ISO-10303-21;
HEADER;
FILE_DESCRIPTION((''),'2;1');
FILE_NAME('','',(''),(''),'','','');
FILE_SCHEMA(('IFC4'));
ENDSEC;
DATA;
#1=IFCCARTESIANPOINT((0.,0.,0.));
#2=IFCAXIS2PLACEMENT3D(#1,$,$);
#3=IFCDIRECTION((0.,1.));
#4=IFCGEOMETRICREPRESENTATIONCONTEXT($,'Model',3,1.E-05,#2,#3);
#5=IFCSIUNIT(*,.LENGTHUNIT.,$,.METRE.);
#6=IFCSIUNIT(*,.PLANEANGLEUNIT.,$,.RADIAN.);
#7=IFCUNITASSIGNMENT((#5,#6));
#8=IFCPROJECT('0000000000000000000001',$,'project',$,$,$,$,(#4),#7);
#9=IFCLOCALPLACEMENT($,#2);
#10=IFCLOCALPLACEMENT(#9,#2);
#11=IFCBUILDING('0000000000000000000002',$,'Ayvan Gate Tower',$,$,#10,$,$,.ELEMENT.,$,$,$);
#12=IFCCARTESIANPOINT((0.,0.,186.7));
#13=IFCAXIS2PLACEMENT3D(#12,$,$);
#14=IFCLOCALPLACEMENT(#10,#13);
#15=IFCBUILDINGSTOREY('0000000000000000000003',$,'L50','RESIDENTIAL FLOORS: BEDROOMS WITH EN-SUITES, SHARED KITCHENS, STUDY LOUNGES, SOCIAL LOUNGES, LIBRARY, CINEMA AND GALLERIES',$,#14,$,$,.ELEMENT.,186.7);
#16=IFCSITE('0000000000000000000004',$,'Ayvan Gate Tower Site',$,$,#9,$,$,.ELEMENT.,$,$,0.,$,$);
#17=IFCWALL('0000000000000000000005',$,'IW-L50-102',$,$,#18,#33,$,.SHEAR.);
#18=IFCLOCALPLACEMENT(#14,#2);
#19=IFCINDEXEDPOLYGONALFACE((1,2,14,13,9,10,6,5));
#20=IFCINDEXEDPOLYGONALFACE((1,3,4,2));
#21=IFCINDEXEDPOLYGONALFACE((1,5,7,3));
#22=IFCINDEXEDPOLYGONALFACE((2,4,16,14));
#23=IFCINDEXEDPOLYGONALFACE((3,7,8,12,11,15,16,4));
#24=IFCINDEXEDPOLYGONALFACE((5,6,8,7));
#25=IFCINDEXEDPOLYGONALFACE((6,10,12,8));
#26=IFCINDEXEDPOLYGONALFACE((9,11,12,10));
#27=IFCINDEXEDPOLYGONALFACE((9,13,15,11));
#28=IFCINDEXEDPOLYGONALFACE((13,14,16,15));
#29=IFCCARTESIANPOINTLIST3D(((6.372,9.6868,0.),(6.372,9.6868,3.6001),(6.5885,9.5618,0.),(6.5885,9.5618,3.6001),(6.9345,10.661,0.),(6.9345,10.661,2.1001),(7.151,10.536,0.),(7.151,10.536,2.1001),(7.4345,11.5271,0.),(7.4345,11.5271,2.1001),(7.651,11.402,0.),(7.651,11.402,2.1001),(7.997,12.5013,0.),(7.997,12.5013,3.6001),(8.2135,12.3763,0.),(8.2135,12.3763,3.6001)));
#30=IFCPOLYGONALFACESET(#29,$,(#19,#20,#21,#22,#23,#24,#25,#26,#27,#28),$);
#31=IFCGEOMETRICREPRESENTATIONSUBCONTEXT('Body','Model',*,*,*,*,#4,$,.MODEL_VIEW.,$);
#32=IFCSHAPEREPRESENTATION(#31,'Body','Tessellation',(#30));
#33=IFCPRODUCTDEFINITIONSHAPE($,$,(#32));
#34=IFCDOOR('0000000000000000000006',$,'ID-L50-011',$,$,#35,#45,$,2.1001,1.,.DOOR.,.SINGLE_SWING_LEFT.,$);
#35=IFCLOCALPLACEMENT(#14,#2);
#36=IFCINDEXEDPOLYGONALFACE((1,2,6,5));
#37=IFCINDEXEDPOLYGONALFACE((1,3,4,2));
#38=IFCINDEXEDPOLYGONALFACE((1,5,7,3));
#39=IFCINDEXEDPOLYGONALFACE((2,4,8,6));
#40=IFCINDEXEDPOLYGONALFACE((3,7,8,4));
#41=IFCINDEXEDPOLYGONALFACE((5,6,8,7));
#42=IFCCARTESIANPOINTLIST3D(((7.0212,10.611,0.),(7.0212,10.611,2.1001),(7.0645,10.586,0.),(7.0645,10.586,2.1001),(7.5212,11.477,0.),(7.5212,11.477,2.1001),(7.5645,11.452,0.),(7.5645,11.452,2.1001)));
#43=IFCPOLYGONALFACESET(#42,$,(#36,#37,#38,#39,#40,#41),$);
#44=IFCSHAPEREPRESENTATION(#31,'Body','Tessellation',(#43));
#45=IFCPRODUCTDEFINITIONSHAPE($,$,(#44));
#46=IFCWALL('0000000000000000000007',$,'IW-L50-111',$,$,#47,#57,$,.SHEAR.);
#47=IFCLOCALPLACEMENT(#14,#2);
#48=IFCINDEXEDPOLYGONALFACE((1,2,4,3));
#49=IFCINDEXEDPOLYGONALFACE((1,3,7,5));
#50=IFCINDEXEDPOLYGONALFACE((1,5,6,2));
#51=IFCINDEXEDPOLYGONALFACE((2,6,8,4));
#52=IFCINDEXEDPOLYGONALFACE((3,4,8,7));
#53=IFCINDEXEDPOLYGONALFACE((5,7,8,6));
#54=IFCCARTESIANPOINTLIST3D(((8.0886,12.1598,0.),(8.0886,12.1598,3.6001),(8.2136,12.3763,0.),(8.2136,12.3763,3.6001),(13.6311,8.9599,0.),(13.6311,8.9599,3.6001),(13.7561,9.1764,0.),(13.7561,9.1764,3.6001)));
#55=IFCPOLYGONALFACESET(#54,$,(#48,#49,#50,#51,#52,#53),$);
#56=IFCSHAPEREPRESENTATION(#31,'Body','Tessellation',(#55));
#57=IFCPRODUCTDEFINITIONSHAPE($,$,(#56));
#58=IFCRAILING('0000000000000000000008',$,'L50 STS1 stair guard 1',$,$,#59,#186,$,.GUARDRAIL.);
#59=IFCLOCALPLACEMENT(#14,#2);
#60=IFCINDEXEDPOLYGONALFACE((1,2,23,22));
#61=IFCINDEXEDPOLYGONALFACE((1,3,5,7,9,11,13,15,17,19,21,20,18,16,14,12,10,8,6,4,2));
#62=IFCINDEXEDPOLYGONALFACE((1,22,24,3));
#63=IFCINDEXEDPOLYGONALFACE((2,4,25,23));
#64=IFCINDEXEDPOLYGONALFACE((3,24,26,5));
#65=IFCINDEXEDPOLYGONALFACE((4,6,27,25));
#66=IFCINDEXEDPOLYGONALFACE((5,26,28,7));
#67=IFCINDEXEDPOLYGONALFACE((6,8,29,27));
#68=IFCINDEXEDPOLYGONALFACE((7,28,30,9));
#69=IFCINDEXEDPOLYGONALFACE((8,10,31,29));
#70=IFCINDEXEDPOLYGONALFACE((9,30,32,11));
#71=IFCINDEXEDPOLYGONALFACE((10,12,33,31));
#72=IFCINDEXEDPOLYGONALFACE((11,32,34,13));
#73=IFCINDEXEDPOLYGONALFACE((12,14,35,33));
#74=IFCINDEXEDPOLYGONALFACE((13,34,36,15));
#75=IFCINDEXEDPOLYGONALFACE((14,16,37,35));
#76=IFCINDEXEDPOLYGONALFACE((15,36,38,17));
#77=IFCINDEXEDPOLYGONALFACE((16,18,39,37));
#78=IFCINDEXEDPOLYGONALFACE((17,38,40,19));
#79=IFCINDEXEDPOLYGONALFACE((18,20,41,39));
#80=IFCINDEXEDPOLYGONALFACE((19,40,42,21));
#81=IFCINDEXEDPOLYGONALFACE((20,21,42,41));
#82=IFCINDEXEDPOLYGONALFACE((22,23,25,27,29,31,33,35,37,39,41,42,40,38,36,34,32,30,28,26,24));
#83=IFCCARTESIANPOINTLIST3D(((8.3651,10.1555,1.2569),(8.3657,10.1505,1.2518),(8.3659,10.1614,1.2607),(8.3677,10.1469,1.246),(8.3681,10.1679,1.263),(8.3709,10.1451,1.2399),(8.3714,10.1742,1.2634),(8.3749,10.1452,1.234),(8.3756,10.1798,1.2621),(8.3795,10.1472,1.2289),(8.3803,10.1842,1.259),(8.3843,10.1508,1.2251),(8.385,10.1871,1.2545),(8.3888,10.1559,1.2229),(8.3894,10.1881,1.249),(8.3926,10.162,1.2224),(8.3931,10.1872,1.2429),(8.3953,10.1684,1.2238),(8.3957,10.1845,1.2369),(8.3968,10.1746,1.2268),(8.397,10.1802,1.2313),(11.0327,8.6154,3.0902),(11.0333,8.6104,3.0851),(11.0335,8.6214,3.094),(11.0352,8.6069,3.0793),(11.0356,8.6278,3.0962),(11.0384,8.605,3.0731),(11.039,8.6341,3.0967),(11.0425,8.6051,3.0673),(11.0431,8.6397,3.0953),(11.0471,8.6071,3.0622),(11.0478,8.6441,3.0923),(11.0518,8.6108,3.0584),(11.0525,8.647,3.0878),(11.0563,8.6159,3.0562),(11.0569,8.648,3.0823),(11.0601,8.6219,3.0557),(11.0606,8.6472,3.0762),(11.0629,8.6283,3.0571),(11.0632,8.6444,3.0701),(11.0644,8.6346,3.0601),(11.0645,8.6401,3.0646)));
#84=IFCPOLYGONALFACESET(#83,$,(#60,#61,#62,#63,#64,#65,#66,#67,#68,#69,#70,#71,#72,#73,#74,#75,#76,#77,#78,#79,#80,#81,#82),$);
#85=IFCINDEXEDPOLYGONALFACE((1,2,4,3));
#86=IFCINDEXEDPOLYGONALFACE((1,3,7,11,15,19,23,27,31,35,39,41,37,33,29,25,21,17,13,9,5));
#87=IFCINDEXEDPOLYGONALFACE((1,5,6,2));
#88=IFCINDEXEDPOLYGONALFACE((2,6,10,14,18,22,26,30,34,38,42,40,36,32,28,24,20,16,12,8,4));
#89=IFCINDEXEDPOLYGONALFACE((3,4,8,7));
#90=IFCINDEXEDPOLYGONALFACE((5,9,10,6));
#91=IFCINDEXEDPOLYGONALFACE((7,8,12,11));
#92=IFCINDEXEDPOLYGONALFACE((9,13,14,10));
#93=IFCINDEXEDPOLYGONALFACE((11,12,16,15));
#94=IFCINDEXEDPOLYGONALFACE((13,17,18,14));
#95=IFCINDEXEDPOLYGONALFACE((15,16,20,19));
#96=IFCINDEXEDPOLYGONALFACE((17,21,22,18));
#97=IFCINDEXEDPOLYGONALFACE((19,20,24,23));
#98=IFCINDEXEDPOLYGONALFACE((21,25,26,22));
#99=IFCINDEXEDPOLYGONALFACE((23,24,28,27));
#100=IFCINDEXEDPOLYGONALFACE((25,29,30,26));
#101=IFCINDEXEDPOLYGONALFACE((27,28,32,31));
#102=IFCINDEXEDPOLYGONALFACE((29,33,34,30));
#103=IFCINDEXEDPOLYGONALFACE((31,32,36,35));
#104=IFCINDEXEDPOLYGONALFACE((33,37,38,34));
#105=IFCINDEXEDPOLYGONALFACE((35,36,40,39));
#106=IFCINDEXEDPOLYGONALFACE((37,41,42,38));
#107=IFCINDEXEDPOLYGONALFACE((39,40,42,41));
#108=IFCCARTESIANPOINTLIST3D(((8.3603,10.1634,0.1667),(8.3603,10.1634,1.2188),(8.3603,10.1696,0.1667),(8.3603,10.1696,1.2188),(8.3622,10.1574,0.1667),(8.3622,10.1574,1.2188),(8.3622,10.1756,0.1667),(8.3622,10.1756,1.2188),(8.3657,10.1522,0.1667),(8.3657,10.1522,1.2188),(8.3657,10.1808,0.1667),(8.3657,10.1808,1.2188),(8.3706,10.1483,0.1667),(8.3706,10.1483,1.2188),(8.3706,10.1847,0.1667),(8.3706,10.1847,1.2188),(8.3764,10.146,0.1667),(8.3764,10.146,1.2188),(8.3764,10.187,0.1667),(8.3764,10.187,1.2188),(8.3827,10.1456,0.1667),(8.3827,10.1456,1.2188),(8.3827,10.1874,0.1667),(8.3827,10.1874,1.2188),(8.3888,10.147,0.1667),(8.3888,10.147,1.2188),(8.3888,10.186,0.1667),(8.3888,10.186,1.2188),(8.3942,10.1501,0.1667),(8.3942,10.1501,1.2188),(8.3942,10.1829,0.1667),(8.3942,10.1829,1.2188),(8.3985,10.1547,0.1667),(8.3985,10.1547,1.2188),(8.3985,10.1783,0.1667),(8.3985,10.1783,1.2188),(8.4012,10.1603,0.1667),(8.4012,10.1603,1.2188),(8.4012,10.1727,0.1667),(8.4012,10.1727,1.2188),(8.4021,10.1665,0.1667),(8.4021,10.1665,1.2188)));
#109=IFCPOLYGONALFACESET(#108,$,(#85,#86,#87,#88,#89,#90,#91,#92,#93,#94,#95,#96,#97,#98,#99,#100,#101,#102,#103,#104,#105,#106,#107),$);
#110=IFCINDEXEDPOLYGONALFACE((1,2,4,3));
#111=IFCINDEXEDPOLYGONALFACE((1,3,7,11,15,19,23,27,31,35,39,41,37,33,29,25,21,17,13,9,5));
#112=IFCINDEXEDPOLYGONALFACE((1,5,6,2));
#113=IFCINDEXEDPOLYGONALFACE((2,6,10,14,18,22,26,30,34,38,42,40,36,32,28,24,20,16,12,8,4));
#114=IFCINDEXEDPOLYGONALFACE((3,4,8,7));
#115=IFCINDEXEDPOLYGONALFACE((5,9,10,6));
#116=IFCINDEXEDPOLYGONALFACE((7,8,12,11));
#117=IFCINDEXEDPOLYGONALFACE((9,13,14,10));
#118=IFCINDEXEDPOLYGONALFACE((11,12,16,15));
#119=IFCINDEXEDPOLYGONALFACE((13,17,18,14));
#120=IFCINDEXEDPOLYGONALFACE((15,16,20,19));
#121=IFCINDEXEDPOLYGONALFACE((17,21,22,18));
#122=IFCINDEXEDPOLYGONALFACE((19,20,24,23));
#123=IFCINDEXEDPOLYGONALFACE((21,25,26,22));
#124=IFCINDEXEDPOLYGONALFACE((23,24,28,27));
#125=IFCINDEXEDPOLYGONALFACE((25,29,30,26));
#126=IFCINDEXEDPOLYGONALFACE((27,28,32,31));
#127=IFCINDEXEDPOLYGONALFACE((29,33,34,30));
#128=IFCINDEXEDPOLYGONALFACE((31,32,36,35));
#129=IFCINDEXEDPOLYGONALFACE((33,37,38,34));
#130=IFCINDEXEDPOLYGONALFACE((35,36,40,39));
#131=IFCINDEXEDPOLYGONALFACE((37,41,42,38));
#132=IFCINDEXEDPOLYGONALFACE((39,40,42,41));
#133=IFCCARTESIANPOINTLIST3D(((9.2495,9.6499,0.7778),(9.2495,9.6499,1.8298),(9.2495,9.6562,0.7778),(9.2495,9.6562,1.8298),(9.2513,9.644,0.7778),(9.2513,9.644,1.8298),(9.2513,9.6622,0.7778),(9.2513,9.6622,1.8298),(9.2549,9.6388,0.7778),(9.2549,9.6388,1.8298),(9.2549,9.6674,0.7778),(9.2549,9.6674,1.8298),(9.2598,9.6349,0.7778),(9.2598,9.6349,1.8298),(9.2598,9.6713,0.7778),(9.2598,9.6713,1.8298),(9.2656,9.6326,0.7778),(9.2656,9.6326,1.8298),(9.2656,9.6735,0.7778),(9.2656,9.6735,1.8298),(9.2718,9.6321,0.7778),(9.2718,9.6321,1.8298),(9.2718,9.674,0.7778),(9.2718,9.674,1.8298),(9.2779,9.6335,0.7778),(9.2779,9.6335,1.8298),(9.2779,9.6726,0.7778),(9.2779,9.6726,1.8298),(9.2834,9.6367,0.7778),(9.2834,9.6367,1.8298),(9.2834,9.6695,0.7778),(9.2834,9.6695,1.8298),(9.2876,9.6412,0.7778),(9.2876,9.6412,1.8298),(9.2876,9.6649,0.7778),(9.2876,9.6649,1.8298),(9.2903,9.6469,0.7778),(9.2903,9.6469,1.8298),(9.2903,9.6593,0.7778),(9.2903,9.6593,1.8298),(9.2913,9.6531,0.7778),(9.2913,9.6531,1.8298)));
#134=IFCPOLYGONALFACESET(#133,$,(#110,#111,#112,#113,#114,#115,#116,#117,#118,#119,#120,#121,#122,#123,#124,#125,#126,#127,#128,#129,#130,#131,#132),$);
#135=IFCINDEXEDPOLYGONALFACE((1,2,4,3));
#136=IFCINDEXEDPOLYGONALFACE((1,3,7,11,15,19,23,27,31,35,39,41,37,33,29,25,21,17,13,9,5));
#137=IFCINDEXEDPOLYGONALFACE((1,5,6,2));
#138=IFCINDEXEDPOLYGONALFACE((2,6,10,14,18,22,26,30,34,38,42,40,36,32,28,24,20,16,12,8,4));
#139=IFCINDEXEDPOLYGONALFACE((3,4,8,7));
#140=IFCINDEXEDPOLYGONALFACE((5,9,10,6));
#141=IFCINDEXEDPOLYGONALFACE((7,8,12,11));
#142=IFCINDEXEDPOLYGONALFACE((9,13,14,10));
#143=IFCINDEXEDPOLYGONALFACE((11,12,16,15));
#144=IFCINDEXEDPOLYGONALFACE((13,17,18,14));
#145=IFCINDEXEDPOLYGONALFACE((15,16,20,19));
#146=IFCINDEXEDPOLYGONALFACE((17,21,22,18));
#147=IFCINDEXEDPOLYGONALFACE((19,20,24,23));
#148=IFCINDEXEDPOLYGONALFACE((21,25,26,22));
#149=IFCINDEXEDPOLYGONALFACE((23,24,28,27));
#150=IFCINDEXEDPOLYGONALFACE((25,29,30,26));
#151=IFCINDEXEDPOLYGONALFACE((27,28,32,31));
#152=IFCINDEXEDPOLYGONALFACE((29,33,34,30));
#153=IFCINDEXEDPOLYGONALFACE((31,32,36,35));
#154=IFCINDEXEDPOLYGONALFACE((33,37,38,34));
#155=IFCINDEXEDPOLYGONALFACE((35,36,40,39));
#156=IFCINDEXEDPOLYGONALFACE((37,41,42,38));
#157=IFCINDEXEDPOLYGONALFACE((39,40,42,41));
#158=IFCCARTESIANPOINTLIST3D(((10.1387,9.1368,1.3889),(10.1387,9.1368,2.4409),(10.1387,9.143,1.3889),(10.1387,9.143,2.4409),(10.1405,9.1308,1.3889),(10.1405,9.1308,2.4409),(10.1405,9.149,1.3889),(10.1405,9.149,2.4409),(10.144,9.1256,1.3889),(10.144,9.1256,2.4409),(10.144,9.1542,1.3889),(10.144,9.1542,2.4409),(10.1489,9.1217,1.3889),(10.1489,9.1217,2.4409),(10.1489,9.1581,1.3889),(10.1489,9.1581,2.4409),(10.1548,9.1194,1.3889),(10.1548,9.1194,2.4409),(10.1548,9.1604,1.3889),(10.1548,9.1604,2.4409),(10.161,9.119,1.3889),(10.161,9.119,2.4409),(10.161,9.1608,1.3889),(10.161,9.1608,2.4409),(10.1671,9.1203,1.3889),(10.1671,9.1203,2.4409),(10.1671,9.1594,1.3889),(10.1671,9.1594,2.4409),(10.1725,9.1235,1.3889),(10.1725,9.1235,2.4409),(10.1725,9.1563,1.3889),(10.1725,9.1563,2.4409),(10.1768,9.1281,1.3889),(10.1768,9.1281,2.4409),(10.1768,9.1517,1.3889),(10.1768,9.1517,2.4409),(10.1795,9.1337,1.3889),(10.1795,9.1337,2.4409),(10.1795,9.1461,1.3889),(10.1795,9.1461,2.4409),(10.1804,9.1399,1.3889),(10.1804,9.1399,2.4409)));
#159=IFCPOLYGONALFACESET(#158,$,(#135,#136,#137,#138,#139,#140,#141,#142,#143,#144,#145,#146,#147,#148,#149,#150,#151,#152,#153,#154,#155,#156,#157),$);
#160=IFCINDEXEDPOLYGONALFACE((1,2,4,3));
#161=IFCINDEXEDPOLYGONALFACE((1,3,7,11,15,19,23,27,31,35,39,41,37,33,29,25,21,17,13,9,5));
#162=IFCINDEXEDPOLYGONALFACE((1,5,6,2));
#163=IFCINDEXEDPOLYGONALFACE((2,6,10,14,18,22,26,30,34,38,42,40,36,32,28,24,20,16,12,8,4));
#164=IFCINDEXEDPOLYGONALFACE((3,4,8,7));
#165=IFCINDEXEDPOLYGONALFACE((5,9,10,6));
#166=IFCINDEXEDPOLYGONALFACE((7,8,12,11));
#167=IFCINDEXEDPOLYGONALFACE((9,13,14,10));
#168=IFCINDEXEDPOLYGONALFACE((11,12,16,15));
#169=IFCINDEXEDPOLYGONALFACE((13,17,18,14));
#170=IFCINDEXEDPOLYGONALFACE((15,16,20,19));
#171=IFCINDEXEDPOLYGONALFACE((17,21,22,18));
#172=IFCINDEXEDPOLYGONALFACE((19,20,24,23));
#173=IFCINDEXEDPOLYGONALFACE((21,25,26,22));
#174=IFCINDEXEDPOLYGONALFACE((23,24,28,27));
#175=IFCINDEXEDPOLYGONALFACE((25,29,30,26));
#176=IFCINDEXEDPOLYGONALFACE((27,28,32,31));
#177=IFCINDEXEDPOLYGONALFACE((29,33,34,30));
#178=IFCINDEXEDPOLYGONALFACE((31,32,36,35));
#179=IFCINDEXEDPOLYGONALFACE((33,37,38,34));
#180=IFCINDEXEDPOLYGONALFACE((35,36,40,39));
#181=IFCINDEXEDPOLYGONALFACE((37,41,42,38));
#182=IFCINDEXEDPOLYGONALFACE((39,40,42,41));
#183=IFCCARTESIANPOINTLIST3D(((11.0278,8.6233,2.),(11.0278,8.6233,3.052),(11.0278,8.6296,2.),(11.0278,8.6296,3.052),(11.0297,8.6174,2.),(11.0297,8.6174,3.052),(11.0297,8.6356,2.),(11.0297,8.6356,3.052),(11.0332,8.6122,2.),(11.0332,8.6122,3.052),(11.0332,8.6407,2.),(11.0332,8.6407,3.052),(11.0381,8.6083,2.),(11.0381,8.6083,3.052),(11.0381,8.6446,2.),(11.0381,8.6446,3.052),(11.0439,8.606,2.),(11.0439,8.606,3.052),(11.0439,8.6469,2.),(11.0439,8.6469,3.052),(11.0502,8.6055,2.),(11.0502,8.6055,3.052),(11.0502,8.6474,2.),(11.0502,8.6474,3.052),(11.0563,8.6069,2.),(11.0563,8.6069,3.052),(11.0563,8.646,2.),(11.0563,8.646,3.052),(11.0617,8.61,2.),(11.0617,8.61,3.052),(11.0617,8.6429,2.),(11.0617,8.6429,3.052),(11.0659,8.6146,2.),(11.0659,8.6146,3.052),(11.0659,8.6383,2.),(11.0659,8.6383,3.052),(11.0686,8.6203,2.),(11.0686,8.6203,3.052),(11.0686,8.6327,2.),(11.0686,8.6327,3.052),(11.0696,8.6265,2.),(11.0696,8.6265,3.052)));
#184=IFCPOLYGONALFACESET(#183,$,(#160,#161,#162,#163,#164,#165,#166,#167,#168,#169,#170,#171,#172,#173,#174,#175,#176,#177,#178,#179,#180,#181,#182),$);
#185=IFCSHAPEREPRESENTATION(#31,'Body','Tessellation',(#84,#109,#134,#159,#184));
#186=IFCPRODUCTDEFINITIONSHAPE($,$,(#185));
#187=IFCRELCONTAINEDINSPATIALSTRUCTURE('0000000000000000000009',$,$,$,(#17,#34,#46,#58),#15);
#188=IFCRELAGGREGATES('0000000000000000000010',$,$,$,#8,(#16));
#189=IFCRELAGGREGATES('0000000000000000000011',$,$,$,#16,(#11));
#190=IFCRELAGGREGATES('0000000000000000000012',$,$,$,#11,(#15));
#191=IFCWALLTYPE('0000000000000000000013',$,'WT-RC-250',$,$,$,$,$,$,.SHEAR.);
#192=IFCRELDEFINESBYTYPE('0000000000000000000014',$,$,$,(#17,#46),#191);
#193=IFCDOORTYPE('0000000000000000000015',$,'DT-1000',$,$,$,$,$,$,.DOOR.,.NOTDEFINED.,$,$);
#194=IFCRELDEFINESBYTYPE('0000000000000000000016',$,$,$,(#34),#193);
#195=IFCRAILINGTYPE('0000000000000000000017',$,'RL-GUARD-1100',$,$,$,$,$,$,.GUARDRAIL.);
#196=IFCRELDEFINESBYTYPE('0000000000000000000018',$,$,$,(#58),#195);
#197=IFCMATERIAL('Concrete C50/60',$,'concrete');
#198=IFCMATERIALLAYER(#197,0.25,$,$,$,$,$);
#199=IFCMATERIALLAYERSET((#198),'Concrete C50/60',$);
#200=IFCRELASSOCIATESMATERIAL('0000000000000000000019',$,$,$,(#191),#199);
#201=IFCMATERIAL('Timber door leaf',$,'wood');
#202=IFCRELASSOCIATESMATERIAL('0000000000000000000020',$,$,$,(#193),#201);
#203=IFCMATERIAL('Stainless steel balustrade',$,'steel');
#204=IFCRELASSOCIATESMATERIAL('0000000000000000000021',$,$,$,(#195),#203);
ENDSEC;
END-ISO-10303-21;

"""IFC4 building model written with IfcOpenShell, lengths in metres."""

from ifc_helpers import new_model, si_unit, direction, frame, frame_2d, origin, origin_2d, place, context, subcontext, project, spatial, rectangle, circle, extrude, material, layer, layer_set, type_object, element, fill, save


model = new_model("IFC4")

# Units and contexts
model_context = context("Model", 3, precision=1e-05, world=origin(), true_north=direction((0.0, 1.0)))
body_context = subcontext(model_context, "Body", "Model", "MODEL_VIEW")
ifc_project = project(units=[si_unit("LENGTHUNIT", "METRE"), si_unit("PLANEANGLEUNIT", "RADIAN")], contexts=[model_context])

# Site, building, storey
site_placement = place(None, origin())
site = spatial("IfcSite", under=ifc_project, at=site_placement, Name="Ayvan Gate Tower Site", CompositionType="ELEMENT", RefElevation=0.0)
building_placement = place(site_placement, origin())
building = spatial("IfcBuilding", under=site, at=building_placement, Name="Ayvan Gate Tower", CompositionType="ELEMENT")
storey_placement = place(building_placement, frame((0.0, 0.0, 186.7)))
storey = spatial("IfcBuildingStorey", under=building, at=storey_placement, Name="L50", Description="RESIDENTIAL FLOORS: BEDROOMS WITH EN-SUITES, SHARED KITCHENS, STUDY LOUNGES, SOCIAL LOUNGES, LIBRARY, CINEMA AND GALLERIES", CompositionType="ELEMENT", Elevation=186.7)

# Wall, opening, door
ifc_material_1 = material(Name="Timber door leaf", Category="wood")
ifc_material_2 = material(Name="Concrete C50/60", Category="concrete")
ifc_layer_1 = layer(ifc_material_2, 0.25)
ifc_layer_set_1 = layer_set([ifc_layer_1], Name="Concrete C50/60")
wall_type_1 = type_object("IfcWallType", Name="WT-RC-250", PredefinedType="SHEAR", material=ifc_layer_set_1)
wall_1_placement = place(storey_placement, frame((6.4802, 9.6243, 0.0), z_axis=(0.0, 0.0, 1.0), x_axis=(0.500017, 0.866015, 0.0)))
wall_1 = element("IfcWall", 1, at=wall_1_placement, inside=storey, type_object=wall_type_1, Name="IW-L50-102", PredefinedType="SHEAR", context=body_context, shape_type="SweptSolid", body=[
    extrude(rectangle(XDim=3.25, YDim=0.25, at=frame_2d((1.625, 0.0))), origin(), (0.0, 0.0, 1.0), 3.6001),
])
opening_1_placement = place(wall_1_placement, frame((1.125, 0.0, 0.0)))
opening_1 = element("IfcOpeningElement", 2, at=opening_1_placement, cuts=wall_1, PredefinedType="OPENING", context=body_context, shape_type="SweptSolid", body=[
    extrude(rectangle(XDim=1.0, YDim=2.1001, at=frame_2d((0.5, 1.05))), frame((0.0, 0.135, 0.0), z_axis=(0.0, -1.0, 0.0), x_axis=(1.0, 0.0, 0.0)), (0.0, 0.0, 1.0), 0.27),
])
door_type_1 = type_object("IfcDoorType", Name="DT-1000", OperationType="NOTDEFINED", PredefinedType="DOOR", material=ifc_material_1)
door_1_placement = place(opening_1_placement, origin())
door_1 = element("IfcDoor", 3, at=door_1_placement, inside=storey, type_object=door_type_1, Name="ID-L50-011", OperationType="SINGLE_SWING_LEFT", OverallHeight=2.1001, OverallWidth=1.0, PredefinedType="DOOR", context=body_context, shape_type="SweptSolid", body=[
    extrude(rectangle(XDim=1.0, YDim=2.1001, at=frame_2d((0.5, 1.05))), frame((0.0, 0.0249, 0.0), z_axis=(0.0, -1.0, 0.0), x_axis=(1.0, 0.0, 0.0)), (0.0, 0.0, 1.0), 0.05),
])
fill(opening_1, door_1)

# Wall
wall_2_placement = place(storey_placement, frame((8.1511, 12.2681, 0.0), z_axis=(0.0, 0.0, 1.0), x_axis=(0.866025, -0.5, 0.0)))
element("IfcWall", 4, at=wall_2_placement, inside=storey, type_object=wall_type_1, Name="IW-L50-111", PredefinedType="SHEAR", context=body_context, shape_type="SweptSolid", body=[
    extrude(rectangle(XDim=6.3999, YDim=0.25, at=frame_2d((3.2, 0.0))), origin(), (0.0, 0.0, 1.0), 3.6001),
])

# Railing
ifc_material_3 = material(Name="Stainless steel balustrade", Category="steel")
railing_type_1 = type_object("IfcRailingType", Name="RL-GUARD-1100", PredefinedType="GUARDRAIL", material=ifc_material_3)
railing_1_placement = place(storey_placement, frame((8.3811, 10.1665, 0.1667)))
element("IfcRailing", 5, at=railing_1_placement, inside=storey, type_object=railing_type_1, Name="L50 STS1 stair guard 1", PredefinedType="GUARDRAIL", context=body_context, shape_type="SweptSolid", body=[
    extrude(circle(Radius=0.0239, at=origin_2d()), frame((0.0, 0.0, 1.0762), z_axis=(0.74419, -0.429649, 0.511452), x_axis=(0.499992, 0.86603, 0.0)), (0.0, 0.0, 1.0), 3.5845),
    extrude(circle(Radius=0.021, at=origin_2d()), origin(), (0.0, 0.0, 1.0), 1.052),
    extrude(circle(Radius=0.021, at=origin_2d()), frame((0.8892, -0.5134, 0.6111)), (0.0, 0.0, 1.0), 1.052),
    extrude(circle(Radius=0.021, at=origin_2d()), frame((1.7783, -1.0266, 1.2222)), (0.0, 0.0, 1.0), 1.052),
    extrude(circle(Radius=0.021, at=origin_2d()), frame((2.6675, -1.54, 1.8333)), (0.0, 0.0, 1.0), 1.052),
])

save(model, "model.ifc")
